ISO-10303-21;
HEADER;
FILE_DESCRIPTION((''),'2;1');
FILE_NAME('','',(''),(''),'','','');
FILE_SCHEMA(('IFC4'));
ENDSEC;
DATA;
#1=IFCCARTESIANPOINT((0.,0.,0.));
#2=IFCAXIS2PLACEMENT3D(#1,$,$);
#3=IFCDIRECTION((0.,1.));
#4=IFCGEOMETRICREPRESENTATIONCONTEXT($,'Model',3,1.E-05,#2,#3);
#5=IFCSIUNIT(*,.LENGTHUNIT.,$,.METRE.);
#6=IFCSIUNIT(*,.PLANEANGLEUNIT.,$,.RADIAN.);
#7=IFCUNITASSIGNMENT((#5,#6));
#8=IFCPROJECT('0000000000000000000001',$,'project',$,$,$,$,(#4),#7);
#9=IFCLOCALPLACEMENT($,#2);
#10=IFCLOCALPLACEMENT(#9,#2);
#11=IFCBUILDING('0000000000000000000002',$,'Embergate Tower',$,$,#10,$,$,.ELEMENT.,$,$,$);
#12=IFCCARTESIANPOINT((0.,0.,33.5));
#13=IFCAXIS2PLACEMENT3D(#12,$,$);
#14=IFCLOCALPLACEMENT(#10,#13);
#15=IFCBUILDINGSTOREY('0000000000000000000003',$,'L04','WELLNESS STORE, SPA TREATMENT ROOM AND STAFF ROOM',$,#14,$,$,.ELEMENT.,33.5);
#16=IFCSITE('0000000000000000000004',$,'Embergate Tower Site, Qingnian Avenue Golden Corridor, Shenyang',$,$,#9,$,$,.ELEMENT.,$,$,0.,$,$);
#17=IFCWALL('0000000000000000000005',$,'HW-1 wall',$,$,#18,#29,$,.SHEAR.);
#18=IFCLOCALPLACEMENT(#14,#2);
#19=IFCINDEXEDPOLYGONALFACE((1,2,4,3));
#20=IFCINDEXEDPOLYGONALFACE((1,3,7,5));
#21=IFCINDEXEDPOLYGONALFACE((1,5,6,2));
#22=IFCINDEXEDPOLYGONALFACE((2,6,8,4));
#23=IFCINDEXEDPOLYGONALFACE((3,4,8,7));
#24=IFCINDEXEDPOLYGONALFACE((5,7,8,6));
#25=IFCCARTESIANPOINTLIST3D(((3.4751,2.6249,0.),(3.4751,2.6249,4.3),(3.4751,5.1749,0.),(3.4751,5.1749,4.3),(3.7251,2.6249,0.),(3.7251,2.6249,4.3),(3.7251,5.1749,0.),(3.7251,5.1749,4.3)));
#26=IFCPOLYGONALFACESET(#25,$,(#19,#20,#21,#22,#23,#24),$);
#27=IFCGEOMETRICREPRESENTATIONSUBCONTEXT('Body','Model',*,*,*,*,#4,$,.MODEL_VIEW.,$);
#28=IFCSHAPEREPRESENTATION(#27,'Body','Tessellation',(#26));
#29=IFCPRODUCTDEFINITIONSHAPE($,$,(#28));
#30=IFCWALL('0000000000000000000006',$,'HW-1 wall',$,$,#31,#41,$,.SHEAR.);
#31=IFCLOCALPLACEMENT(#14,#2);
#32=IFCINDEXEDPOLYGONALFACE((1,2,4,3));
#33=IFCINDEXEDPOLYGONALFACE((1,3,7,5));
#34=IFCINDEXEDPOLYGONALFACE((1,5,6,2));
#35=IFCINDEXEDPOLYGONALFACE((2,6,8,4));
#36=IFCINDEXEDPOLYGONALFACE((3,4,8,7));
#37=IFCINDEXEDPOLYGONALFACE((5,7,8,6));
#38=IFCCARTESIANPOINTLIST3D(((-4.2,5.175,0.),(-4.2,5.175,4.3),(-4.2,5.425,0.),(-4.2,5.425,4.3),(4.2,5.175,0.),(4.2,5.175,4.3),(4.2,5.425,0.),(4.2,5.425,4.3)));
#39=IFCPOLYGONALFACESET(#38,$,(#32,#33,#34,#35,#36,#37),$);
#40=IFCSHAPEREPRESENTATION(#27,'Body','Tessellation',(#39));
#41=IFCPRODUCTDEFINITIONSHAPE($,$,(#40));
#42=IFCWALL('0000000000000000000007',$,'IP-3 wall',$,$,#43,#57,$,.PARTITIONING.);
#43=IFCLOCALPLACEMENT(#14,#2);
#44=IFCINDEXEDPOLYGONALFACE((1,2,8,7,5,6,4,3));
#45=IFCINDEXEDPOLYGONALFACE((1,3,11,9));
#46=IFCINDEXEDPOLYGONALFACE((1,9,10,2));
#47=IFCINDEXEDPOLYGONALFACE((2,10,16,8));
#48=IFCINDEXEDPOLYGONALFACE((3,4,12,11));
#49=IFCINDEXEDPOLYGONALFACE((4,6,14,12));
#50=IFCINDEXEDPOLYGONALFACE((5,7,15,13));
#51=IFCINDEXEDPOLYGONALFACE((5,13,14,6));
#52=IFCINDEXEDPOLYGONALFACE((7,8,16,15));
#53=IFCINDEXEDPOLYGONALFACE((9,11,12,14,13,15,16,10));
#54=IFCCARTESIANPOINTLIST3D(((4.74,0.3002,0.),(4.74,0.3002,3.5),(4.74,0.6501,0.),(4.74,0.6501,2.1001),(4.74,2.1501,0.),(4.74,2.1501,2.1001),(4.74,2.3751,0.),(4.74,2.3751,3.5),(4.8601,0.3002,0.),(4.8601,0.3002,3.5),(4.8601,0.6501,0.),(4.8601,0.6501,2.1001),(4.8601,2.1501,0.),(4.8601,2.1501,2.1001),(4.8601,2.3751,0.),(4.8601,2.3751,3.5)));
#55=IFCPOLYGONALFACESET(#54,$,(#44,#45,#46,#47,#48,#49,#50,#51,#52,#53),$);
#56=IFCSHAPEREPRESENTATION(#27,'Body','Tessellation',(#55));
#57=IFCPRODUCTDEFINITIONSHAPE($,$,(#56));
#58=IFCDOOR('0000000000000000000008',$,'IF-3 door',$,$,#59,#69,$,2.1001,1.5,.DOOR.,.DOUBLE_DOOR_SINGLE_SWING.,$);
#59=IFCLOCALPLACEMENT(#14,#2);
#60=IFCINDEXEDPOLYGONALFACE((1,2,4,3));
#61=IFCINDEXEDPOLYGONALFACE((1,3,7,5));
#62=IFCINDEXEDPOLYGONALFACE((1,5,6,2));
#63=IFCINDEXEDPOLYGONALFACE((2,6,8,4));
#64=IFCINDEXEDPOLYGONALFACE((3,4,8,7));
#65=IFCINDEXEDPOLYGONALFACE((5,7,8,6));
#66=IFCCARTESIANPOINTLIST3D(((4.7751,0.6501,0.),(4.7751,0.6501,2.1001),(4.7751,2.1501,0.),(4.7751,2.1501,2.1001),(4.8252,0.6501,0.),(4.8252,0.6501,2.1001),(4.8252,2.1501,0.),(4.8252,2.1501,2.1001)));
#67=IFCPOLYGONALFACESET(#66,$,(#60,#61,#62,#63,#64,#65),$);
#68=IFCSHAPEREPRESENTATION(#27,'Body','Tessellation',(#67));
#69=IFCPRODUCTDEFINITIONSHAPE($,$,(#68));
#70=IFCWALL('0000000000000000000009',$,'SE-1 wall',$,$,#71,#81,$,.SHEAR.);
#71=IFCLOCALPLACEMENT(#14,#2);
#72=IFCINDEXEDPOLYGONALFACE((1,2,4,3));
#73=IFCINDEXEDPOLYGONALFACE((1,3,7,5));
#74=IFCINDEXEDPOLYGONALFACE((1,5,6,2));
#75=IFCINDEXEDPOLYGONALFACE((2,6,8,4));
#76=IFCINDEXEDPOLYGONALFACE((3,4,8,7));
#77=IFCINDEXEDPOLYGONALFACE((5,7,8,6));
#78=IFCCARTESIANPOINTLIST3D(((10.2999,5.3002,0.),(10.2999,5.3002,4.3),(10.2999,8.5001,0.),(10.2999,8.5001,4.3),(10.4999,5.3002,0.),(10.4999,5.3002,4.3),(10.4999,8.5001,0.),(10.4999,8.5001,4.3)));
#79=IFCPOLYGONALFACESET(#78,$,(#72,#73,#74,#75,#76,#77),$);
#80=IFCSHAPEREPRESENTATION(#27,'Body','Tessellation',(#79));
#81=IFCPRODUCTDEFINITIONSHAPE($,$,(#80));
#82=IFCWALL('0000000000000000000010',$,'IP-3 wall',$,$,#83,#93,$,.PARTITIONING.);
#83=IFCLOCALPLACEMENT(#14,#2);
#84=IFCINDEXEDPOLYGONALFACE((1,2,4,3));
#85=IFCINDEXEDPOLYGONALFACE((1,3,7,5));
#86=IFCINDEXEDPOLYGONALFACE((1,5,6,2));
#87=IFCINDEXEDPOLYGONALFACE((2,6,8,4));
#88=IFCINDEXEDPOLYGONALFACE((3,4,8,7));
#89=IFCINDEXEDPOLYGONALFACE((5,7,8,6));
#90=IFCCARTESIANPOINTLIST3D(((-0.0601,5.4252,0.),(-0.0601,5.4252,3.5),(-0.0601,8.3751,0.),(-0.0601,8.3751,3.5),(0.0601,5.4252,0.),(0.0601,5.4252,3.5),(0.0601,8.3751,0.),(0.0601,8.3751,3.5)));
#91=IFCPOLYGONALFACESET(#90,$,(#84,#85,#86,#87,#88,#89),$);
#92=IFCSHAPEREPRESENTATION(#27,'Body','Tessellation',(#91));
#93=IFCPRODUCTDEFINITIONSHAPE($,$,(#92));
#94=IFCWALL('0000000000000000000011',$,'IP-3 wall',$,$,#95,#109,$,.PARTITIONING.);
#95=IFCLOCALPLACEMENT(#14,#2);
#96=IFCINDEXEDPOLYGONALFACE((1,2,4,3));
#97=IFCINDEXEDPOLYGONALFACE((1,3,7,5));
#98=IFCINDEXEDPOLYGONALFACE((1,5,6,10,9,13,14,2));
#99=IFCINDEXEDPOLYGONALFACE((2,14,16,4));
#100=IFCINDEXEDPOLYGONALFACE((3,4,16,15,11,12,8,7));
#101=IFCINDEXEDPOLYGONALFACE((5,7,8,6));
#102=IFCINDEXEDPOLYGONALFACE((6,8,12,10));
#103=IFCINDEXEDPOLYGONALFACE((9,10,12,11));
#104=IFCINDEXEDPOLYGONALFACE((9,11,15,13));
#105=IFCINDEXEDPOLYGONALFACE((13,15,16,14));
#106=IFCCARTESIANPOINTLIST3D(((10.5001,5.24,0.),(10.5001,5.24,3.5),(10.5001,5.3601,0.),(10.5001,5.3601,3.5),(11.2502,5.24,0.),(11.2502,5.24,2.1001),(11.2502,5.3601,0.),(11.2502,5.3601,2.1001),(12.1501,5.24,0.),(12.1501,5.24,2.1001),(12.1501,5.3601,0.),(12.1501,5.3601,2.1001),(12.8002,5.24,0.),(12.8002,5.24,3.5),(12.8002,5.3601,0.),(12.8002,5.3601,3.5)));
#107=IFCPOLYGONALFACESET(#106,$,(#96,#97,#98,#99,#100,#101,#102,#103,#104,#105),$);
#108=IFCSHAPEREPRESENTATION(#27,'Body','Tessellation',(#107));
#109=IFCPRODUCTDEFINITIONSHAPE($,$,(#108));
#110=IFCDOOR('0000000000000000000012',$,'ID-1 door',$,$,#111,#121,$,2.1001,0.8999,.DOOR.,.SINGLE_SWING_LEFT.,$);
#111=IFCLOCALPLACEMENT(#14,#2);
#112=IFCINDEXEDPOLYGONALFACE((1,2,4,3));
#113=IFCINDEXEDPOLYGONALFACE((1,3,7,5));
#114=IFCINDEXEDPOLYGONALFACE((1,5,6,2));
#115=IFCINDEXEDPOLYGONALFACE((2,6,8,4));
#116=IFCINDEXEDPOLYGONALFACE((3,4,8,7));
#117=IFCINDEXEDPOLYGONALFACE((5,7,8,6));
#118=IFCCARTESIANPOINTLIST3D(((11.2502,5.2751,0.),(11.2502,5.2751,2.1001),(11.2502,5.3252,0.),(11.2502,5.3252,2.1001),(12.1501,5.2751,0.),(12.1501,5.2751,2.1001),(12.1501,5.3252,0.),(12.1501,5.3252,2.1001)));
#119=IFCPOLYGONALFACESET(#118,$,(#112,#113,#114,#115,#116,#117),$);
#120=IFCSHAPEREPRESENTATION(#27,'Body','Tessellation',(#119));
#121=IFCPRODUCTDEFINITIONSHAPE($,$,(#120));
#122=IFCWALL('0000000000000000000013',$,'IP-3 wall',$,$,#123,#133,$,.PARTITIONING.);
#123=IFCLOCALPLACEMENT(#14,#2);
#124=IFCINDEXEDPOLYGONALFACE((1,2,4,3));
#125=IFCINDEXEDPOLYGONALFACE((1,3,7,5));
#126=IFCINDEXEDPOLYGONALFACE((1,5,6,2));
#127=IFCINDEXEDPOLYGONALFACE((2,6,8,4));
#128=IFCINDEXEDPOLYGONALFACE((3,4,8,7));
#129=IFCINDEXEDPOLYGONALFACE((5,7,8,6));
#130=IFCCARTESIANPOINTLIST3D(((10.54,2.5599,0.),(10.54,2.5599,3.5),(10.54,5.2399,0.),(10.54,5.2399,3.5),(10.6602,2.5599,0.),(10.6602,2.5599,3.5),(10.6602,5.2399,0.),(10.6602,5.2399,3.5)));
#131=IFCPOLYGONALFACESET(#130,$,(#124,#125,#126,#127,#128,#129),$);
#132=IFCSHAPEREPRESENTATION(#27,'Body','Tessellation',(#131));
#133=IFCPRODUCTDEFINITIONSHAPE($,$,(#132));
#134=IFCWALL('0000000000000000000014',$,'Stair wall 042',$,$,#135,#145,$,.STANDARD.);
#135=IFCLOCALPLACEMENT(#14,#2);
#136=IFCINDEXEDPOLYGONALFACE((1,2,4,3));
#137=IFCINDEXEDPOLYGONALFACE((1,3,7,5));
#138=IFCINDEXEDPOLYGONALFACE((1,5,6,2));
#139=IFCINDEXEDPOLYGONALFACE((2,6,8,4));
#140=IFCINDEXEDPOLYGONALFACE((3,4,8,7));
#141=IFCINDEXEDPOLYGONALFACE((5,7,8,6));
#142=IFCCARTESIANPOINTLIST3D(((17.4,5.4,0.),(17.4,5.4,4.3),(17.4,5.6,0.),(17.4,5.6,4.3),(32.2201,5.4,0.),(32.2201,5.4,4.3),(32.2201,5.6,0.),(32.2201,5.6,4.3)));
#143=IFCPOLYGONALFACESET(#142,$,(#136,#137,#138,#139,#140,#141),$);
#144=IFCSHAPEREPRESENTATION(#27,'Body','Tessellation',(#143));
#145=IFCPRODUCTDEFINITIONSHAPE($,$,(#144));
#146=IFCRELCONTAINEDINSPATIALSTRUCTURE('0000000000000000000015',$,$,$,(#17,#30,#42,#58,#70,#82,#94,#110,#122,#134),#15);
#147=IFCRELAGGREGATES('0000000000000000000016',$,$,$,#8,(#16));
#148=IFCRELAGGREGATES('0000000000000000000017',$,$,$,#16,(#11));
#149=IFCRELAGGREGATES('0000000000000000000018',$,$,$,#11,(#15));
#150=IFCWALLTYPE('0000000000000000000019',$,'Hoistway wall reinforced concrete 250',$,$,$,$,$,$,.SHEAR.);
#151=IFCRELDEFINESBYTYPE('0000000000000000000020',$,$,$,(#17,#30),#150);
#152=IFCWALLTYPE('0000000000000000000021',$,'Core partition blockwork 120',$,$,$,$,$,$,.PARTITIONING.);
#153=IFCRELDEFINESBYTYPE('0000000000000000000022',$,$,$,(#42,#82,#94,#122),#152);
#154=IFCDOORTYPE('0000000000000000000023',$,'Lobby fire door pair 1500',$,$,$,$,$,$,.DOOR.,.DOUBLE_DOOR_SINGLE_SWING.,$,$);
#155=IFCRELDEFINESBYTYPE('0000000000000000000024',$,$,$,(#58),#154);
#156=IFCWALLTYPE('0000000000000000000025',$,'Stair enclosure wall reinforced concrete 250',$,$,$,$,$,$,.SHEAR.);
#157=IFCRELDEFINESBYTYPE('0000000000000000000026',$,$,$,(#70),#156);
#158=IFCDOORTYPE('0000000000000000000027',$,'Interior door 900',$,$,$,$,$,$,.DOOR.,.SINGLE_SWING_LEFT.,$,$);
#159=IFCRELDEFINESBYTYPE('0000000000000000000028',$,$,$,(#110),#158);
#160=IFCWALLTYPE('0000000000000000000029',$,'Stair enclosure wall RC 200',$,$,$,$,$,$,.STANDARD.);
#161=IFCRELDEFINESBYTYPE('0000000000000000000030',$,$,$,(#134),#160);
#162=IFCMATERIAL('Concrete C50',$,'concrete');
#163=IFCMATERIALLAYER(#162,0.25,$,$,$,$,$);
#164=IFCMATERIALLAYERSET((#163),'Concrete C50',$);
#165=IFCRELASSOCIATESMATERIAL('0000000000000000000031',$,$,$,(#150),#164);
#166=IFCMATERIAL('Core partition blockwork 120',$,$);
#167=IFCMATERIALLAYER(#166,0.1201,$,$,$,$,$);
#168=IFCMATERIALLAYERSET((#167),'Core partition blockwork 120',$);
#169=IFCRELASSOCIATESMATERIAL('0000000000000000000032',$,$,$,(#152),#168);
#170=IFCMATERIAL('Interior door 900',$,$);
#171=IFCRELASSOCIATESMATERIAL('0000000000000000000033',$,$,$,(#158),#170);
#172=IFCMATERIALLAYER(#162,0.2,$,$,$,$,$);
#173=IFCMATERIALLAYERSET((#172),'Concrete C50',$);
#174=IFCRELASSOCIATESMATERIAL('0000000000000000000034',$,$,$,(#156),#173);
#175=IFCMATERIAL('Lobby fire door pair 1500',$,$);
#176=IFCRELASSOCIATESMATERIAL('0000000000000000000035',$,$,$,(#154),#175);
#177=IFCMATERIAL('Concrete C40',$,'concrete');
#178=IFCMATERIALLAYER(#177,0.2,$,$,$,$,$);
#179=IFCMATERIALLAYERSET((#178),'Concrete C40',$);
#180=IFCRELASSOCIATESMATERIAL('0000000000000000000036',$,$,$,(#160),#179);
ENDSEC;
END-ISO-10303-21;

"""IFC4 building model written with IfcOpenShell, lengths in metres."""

from ifc_helpers import new_model, si_unit, direction, frame, frame_2d, origin, place, context, subcontext, project, spatial, rectangle, extrude, source, transform, mapped, material, layer, layer_set, type_object, element, fill, save


model = new_model("IFC4")

# Units and contexts
model_context = context("Model", 3, precision=1e-05, world=origin(), true_north=direction((0.0, 1.0)))
body_context = subcontext(model_context, "Body", "Model", "MODEL_VIEW")
ifc_project = project(units=[si_unit("LENGTHUNIT", "METRE"), si_unit("PLANEANGLEUNIT", "RADIAN")], contexts=[model_context])

# Site, building, storey
site_placement = place(None, origin())
site = spatial("IfcSite", under=ifc_project, at=site_placement, Name="Embergate Tower Site, Qingnian Avenue Golden Corridor, Shenyang", CompositionType="ELEMENT", RefElevation=0.0)
building_placement = place(site_placement, origin())
building = spatial("IfcBuilding", under=site, at=building_placement, Name="Embergate Tower", CompositionType="ELEMENT")
storey_placement = place(building_placement, frame((0.0, 0.0, 33.5)))
storey = spatial("IfcBuildingStorey", under=building, at=storey_placement, Name="L04", Description="WELLNESS STORE, SPA TREATMENT ROOM AND STAFF ROOM", CompositionType="ELEMENT", Elevation=33.5)

# Shared definitions
ifc_material_1 = material(Name="Concrete C40", Category="concrete")

# Shared definitions
ifc_material_2 = material(Name="Concrete C50", Category="concrete")
ifc_layer_1 = layer(ifc_material_2, 0.25)
ifc_layer_set_1 = layer_set([ifc_layer_1], Name="Concrete C50")
wall_type_1 = type_object("IfcWallType", Name="Hoistway wall reinforced concrete 250", PredefinedType="SHEAR", material=ifc_layer_set_1)

# Shared definitions
ifc_material_3 = material(Name="Core partition blockwork 120")
ifc_layer_2 = layer(ifc_material_3, 0.1201)
ifc_layer_set_2 = layer_set([ifc_layer_2], Name="Core partition blockwork 120")
wall_type_2 = type_object("IfcWallType", Name="Core partition blockwork 120", PredefinedType="PARTITIONING", material=ifc_layer_set_2)
shared_shape_1 = source(origin(), body_context, "Body", "SweptSolid", [
    extrude(rectangle(XDim=0.8999, YDim=2.1001, at=frame_2d((0.45, 1.05))), frame((0.0, 0.0701, 0.0), z_axis=(0.0, -1.0, 0.0), x_axis=(1.0, 0.0, 0.0)), (0.0, 0.0, 1.0), 0.1401),
])
ifc_material_4 = material(Name="Interior door 900")
door_type_1 = type_object("IfcDoorType", Name="Interior door 900", OperationType="SINGLE_SWING_LEFT", PredefinedType="DOOR", material=ifc_material_4)
shared_shape_2 = source(origin(), body_context, "Body", "SweptSolid", [
    extrude(rectangle(XDim=0.8999, YDim=2.1001, at=frame_2d((0.45, 1.05))), frame((0.0, 0.0249, 0.0), z_axis=(0.0, -1.0, 0.0), x_axis=(1.0, 0.0, 0.0)), (0.0, 0.0, 1.0), 0.05),
])

# Walls
ifc_layer_3 = layer(ifc_material_2, 0.2)
ifc_layer_set_3 = layer_set([ifc_layer_3], Name="Concrete C50")
wall_type_3 = type_object("IfcWallType", Name="Stair enclosure wall reinforced concrete 250", PredefinedType="SHEAR", material=ifc_layer_set_3)
shared_shape_3 = source(origin(), body_context, "Body", "SweptSolid", [
    extrude(rectangle(XDim=2.55, YDim=0.25, at=frame_2d((1.2749, 0.0))), origin(), (0.0, 0.0, 1.0), 4.3),
])
for number, where, z_axis, x_axis, name in (
    (1, (3.6001, 2.625, 0.0), (0.0, 0.0, 1.0), (0.0, 1.0, 0.0), "HW-1 wall"),
):
    element("IfcWall", number, at=place(storey_placement, frame(where, z_axis=z_axis, x_axis=x_axis)), inside=storey, type_object=wall_type_1, Name=name, PredefinedType="SHEAR", context=body_context, shape_type="MappedRepresentation", body=[
        mapped(shared_shape_3, transform((0.0, 0.0, 0.0))),
    ])
shared_shape_4 = source(origin(), body_context, "Body", "SweptSolid", [
    extrude(rectangle(XDim=8.3999, YDim=0.25, at=frame_2d((4.2, 0.0))), origin(), (0.0, 0.0, 1.0), 4.3),
])
wall_1_placement = place(storey_placement, frame((4.2, 5.3, 0.0), z_axis=(0.0, 0.0, 1.0), x_axis=(-1.0, 0.0, 0.0)))
element("IfcWall", 2, at=wall_1_placement, inside=storey, type_object=wall_type_1, Name="HW-1 wall", PredefinedType="SHEAR", context=body_context, shape_type="MappedRepresentation", body=[
    mapped(shared_shape_4, transform((0.0, 0.0, 0.0))),
])

# Wall, opening, door
shared_shape_5 = source(origin(), body_context, "Body", "SweptSolid", [
    extrude(rectangle(XDim=2.075, YDim=0.1201, at=frame_2d((1.0376, 0.0))), origin(), (0.0, 0.0, 1.0), 3.5),
])
wall_2_placement = place(storey_placement, frame((4.8, 0.3, 0.0), z_axis=(0.0, 0.0, 1.0), x_axis=(0.0, 1.0, 0.0)))
wall_2 = element("IfcWall", 3, at=wall_2_placement, inside=storey, type_object=wall_type_2, Name="IP-3 wall", PredefinedType="PARTITIONING", context=body_context, shape_type="MappedRepresentation", body=[
    mapped(shared_shape_5, transform((0.0, 0.0, 0.0))),
])
shared_shape_6 = source(origin(), body_context, "Body", "SweptSolid", [
    extrude(rectangle(XDim=1.5, YDim=2.1001, at=frame_2d((0.75, 1.05))), frame((0.0, 0.0701, 0.0), z_axis=(0.0, -1.0, 0.0), x_axis=(1.0, 0.0, 0.0)), (0.0, 0.0, 1.0), 0.1401),
])
opening_1_placement = place(wall_2_placement, frame((0.3501, 0.0, 0.0)))
opening_1 = element("IfcOpeningElement", 4, at=opening_1_placement, cuts=wall_2, PredefinedType="OPENING", context=body_context, shape_type="MappedRepresentation", body=[
    mapped(shared_shape_6, transform((0.0, 0.0, 0.0))),
])
ifc_material_5 = material(Name="Lobby fire door pair 1500")
door_type_2 = type_object("IfcDoorType", Name="Lobby fire door pair 1500", OperationType="DOUBLE_DOOR_SINGLE_SWING", PredefinedType="DOOR", material=ifc_material_5)
shared_shape_7 = source(origin(), body_context, "Body", "SweptSolid", [
    extrude(rectangle(XDim=1.5, YDim=2.1001, at=frame_2d((0.75, 1.05))), frame((0.0, 0.0249, 0.0), z_axis=(0.0, -1.0, 0.0), x_axis=(1.0, 0.0, 0.0)), (0.0, 0.0, 1.0), 0.05),
])
door_1_placement = place(opening_1_placement, origin())
door_1 = element("IfcDoor", 5, at=door_1_placement, inside=storey, type_object=door_type_2, Name="IF-3 door", OperationType="DOUBLE_DOOR_SINGLE_SWING", OverallHeight=2.1001, OverallWidth=1.5, PredefinedType="DOOR", context=body_context, shape_type="MappedRepresentation", body=[
    mapped(shared_shape_7, transform((0.0, 0.0, 0.0))),
])
fill(opening_1, door_1)

# Walls
shared_shape_8 = source(origin(), body_context, "Body", "SweptSolid", [
    extrude(rectangle(XDim=3.2, YDim=0.2, at=frame_2d((1.6001, 0.0))), origin(), (0.0, 0.0, 1.0), 4.3),
])
wall_3_placement = place(storey_placement, frame((10.3999, 5.3, 0.0), z_axis=(0.0, 0.0, 1.0), x_axis=(0.0, 1.0, 0.0)))
element("IfcWall", 6, at=wall_3_placement, inside=storey, type_object=wall_type_3, Name="SE-1 wall", PredefinedType="SHEAR", context=body_context, shape_type="MappedRepresentation", body=[
    mapped(shared_shape_8, transform((0.0, 0.0, 0.0))),
])
shared_shape_9 = source(origin(), body_context, "Body", "SweptSolid", [
    extrude(rectangle(XDim=2.95, YDim=0.1201, at=frame_2d((1.4751, 0.0))), origin(), (0.0, 0.0, 1.0), 3.5),
])
wall_4_placement = place(storey_placement, frame((0.0, 5.425, 0.0), z_axis=(0.0, 0.0, 1.0), x_axis=(0.0, 1.0, 0.0)))
element("IfcWall", 7, at=wall_4_placement, inside=storey, type_object=wall_type_2, Name="IP-3 wall", PredefinedType="PARTITIONING", context=body_context, shape_type="MappedRepresentation", body=[
    mapped(shared_shape_9, transform((0.0, 0.0, 0.0))),
])

# Wall, opening, door
shared_shape_10 = source(origin(), body_context, "Body", "SweptSolid", [
    extrude(rectangle(XDim=2.3, YDim=0.1201, at=frame_2d((1.1499, 0.0))), origin(), (0.0, 0.0, 1.0), 3.5),
])
wall_5_placement = place(storey_placement, frame((12.8, 5.3, 0.0), z_axis=(0.0, 0.0, 1.0), x_axis=(-1.0, 0.0, 0.0)))
wall_5 = element("IfcWall", 8, at=wall_5_placement, inside=storey, type_object=wall_type_2, Name="IP-3 wall", PredefinedType="PARTITIONING", context=body_context, shape_type="MappedRepresentation", body=[
    mapped(shared_shape_10, transform((0.0, 0.0, 0.0))),
])
opening_2_placement = place(wall_5_placement, frame((0.6499, 0.0, 0.0)))
opening_2 = element("IfcOpeningElement", 9, at=opening_2_placement, cuts=wall_5, PredefinedType="OPENING", context=body_context, shape_type="MappedRepresentation", body=[
    mapped(shared_shape_1, transform((0.0, 0.0, 0.0))),
])
door_2_placement = place(opening_2_placement, origin())
door_2 = element("IfcDoor", 10, at=door_2_placement, inside=storey, type_object=door_type_1, Name="ID-1 door", OperationType="SINGLE_SWING_LEFT", OverallHeight=2.1001, OverallWidth=0.8999, PredefinedType="DOOR", context=body_context, shape_type="MappedRepresentation", body=[
    mapped(shared_shape_2, transform((0.0, 0.0, 0.0))),
])
fill(opening_2, door_2)

# Walls
shared_shape_11 = source(origin(), body_context, "Body", "SweptSolid", [
    extrude(rectangle(XDim=2.6799, YDim=0.1201, at=frame_2d((1.3398, 0.0))), origin(), (0.0, 0.0, 1.0), 3.5),
])
wall_6_placement = place(storey_placement, frame((10.6001, 2.5601, 0.0), z_axis=(0.0, 0.0, 1.0), x_axis=(0.0, 1.0, 0.0)))
element("IfcWall", 11, at=wall_6_placement, inside=storey, type_object=wall_type_2, Name="IP-3 wall", PredefinedType="PARTITIONING", context=body_context, shape_type="MappedRepresentation", body=[
    mapped(shared_shape_11, transform((0.0, 0.0, 0.0))),
])
ifc_layer_4 = layer(ifc_material_1, 0.2)
ifc_layer_set_4 = layer_set([ifc_layer_4], Name="Concrete C40")
wall_type_4 = type_object("IfcWallType", Name="Stair enclosure wall RC 200", PredefinedType="STANDARD", material=ifc_layer_set_4)
shared_shape_12 = source(origin(), body_context, "Body", "SweptSolid", [
    extrude(rectangle(XDim=14.8201, YDim=0.2, at=frame_2d((7.4102, 0.0))), origin(), (0.0, 0.0, 1.0), 4.3),
])
wall_7_placement = place(storey_placement, frame((17.3999, 5.5, 0.0), z_axis=(0.0, 0.0, 1.0), x_axis=(1.0, 0.0, 0.0)))
element("IfcWall", 12, at=wall_7_placement, inside=storey, type_object=wall_type_4, Name="Stair wall 042", PredefinedType="STANDARD", context=body_context, shape_type="MappedRepresentation", body=[
    mapped(shared_shape_12, transform((0.0, 0.0, 0.0))),
])

save(model, "model.ifc")
